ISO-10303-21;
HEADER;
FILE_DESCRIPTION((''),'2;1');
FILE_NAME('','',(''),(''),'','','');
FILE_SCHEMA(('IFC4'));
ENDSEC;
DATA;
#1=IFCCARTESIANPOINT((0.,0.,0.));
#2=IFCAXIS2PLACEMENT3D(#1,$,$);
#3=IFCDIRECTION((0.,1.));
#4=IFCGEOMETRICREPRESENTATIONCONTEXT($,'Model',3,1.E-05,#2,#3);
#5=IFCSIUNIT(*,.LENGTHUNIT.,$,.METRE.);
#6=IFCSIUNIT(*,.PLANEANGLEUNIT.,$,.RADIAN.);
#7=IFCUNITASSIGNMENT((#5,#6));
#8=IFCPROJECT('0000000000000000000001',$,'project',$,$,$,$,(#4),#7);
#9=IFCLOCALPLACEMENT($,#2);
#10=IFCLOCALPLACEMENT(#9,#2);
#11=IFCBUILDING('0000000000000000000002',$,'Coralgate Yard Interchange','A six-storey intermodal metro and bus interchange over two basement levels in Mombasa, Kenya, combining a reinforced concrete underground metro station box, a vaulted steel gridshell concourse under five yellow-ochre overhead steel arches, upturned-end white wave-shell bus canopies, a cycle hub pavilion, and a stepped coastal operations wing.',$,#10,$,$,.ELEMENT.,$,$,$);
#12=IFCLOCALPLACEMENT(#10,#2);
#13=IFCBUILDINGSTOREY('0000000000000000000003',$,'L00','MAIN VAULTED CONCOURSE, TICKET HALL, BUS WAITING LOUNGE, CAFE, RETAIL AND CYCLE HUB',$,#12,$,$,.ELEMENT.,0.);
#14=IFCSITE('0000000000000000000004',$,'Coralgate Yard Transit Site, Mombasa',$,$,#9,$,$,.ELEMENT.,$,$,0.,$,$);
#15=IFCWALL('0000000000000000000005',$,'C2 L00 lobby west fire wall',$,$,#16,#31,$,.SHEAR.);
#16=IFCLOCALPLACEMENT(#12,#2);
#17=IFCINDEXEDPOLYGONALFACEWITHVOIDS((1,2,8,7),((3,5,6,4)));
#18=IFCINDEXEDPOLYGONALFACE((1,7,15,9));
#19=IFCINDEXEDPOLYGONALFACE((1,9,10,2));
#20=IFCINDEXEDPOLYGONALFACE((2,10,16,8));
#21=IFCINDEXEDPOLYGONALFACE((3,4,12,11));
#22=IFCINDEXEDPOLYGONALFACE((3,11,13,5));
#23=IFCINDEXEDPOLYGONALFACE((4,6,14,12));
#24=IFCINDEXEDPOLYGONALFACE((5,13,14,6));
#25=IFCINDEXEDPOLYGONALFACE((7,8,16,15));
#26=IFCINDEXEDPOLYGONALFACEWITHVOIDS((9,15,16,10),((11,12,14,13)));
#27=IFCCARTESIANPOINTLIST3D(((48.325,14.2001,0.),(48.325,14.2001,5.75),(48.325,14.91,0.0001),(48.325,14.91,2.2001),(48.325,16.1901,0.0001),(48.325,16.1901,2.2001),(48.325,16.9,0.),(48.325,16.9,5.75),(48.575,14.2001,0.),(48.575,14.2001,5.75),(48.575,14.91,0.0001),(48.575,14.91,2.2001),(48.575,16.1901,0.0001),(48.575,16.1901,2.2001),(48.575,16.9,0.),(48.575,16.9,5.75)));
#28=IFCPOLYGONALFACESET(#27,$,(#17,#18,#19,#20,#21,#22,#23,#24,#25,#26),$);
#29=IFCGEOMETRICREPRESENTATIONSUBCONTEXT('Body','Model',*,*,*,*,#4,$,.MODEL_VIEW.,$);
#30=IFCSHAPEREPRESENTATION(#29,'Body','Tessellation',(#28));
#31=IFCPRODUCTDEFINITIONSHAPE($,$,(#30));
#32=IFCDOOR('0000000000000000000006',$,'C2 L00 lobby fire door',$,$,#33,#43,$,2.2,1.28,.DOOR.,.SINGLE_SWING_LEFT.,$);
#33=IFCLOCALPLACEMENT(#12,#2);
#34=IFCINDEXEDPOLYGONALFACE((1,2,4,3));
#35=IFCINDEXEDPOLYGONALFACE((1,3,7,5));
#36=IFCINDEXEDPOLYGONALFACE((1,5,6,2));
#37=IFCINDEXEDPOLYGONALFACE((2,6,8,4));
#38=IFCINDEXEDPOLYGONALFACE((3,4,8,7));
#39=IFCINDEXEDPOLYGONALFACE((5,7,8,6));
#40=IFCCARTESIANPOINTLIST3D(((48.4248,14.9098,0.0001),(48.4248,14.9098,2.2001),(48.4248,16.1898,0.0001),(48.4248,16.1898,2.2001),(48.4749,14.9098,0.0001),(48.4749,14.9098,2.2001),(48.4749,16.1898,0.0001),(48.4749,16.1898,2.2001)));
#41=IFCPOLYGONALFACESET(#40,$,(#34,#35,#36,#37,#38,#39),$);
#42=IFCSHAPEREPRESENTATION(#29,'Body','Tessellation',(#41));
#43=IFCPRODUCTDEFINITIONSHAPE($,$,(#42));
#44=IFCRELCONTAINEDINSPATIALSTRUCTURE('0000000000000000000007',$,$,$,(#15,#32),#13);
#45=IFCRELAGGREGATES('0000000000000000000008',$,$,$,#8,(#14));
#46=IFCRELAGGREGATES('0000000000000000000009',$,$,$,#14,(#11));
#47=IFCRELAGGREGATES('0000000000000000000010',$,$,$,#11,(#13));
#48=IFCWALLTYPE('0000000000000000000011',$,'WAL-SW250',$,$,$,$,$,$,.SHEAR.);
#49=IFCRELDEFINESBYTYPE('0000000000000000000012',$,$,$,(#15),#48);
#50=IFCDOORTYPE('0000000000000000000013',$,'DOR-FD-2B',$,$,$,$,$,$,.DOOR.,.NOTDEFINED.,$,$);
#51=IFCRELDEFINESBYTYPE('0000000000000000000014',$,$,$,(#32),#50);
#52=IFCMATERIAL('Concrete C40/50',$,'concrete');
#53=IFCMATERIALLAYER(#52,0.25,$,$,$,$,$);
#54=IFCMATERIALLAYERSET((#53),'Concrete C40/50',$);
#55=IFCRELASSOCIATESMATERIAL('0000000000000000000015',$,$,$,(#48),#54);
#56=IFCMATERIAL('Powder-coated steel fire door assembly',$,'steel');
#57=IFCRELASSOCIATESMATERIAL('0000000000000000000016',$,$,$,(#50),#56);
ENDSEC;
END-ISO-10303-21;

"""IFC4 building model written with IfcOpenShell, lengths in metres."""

from ifc_helpers import new_model, si_unit, direction, frame, frame_2d, origin, place, context, subcontext, project, spatial, rectangle, extrude, material, layer, layer_set, type_object, element, fill, save


model = new_model("IFC4")

# Units and contexts
model_context = context("Model", 3, precision=1e-05, world=origin(), true_north=direction((0.0, 1.0)))
body_context = subcontext(model_context, "Body", "Model", "MODEL_VIEW")
ifc_project = project(units=[si_unit("LENGTHUNIT", "METRE"), si_unit("PLANEANGLEUNIT", "RADIAN")], contexts=[model_context])

# Site, building, storey
site_placement = place(None, origin())
site = spatial("IfcSite", under=ifc_project, at=site_placement, Name="Coralgate Yard Transit Site, Mombasa", CompositionType="ELEMENT", RefElevation=0.0)
building_placement = place(site_placement, origin())
building = spatial("IfcBuilding", under=site, at=building_placement, Name="Coralgate Yard Interchange", Description="A six-storey intermodal metro and bus interchange over two basement levels in Mombasa, Kenya, combining a reinforced concrete underground metro station box, a vaulted steel gridshell concourse under five yellow-ochre overhead steel arches, upturned-end white wave-shell bus canopies, a cycle hub pavilion, and a stepped coastal operations wing.", CompositionType="ELEMENT")
storey_placement = place(building_placement, origin())
storey = spatial("IfcBuildingStorey", under=building, at=storey_placement, Name="L00", Description="MAIN VAULTED CONCOURSE, TICKET HALL, BUS WAITING LOUNGE, CAFE, RETAIL AND CYCLE HUB", CompositionType="ELEMENT", Elevation=0.0)

# Shared definitions
ifc_material_1 = material(Name="Concrete C40/50", Category="concrete")

# Wall, opening, door
ifc_layer_1 = layer(ifc_material_1, 0.25)
ifc_layer_set_1 = layer_set([ifc_layer_1], Name="Concrete C40/50")
wall_type_1 = type_object("IfcWallType", Name="WAL-SW250", PredefinedType="SHEAR", material=ifc_layer_set_1)
wall_1_placement = place(storey_placement, frame((48.45, 14.2, 0.0), z_axis=(0.0, 0.0, 1.0), x_axis=(0.0, 1.0, 0.0)))
wall_1 = element("IfcWall", 1, at=wall_1_placement, inside=storey, type_object=wall_type_1, Name="C2 L00 lobby west fire wall", PredefinedType="SHEAR", context=body_context, shape_type="SweptSolid", body=[
    extrude(rectangle(XDim=2.7, YDim=0.25, at=frame_2d((1.3501, 0.0))), origin(), (0.0, 0.0, 1.0), 5.75),
])
opening_1_placement = place(wall_1_placement, frame((0.71, 0.0, 0.0)))
opening_1 = element("IfcOpeningElement", 2, at=opening_1_placement, cuts=wall_1, PredefinedType="OPENING", context=body_context, shape_type="SweptSolid", body=[
    extrude(rectangle(XDim=1.28, YDim=2.2, at=frame_2d((0.6401, 1.1001))), frame((0.0, 0.135, 0.0), z_axis=(0.0, -1.0, 0.0), x_axis=(1.0, 0.0, 0.0)), (0.0, 0.0, 1.0), 0.27),
])
ifc_material_2 = material(Name="Powder-coated steel fire door assembly", Category="steel")
door_type_1 = type_object("IfcDoorType", Name="DOR-FD-2B", OperationType="NOTDEFINED", PredefinedType="DOOR", material=ifc_material_2)
door_1_placement = place(opening_1_placement, frame((1.28, 0.0, 0.0), z_axis=(0.0, 0.0, 1.0), x_axis=(-1.0, 0.0, 0.0)))
door_1 = element("IfcDoor", 3, at=door_1_placement, inside=storey, type_object=door_type_1, Name="C2 L00 lobby fire door", OperationType="SINGLE_SWING_LEFT", OverallHeight=2.2, OverallWidth=1.28, PredefinedType="DOOR", context=body_context, shape_type="SweptSolid", body=[
    extrude(rectangle(XDim=1.28, YDim=2.2, at=frame_2d((0.6401, 1.1001))), frame((0.0, 0.0249, 0.0), z_axis=(0.0, -1.0, 0.0), x_axis=(1.0, 0.0, 0.0)), (0.0, 0.0, 1.0), 0.05),
])
fill(opening_1, door_1)

save(model, "model.ifc")
